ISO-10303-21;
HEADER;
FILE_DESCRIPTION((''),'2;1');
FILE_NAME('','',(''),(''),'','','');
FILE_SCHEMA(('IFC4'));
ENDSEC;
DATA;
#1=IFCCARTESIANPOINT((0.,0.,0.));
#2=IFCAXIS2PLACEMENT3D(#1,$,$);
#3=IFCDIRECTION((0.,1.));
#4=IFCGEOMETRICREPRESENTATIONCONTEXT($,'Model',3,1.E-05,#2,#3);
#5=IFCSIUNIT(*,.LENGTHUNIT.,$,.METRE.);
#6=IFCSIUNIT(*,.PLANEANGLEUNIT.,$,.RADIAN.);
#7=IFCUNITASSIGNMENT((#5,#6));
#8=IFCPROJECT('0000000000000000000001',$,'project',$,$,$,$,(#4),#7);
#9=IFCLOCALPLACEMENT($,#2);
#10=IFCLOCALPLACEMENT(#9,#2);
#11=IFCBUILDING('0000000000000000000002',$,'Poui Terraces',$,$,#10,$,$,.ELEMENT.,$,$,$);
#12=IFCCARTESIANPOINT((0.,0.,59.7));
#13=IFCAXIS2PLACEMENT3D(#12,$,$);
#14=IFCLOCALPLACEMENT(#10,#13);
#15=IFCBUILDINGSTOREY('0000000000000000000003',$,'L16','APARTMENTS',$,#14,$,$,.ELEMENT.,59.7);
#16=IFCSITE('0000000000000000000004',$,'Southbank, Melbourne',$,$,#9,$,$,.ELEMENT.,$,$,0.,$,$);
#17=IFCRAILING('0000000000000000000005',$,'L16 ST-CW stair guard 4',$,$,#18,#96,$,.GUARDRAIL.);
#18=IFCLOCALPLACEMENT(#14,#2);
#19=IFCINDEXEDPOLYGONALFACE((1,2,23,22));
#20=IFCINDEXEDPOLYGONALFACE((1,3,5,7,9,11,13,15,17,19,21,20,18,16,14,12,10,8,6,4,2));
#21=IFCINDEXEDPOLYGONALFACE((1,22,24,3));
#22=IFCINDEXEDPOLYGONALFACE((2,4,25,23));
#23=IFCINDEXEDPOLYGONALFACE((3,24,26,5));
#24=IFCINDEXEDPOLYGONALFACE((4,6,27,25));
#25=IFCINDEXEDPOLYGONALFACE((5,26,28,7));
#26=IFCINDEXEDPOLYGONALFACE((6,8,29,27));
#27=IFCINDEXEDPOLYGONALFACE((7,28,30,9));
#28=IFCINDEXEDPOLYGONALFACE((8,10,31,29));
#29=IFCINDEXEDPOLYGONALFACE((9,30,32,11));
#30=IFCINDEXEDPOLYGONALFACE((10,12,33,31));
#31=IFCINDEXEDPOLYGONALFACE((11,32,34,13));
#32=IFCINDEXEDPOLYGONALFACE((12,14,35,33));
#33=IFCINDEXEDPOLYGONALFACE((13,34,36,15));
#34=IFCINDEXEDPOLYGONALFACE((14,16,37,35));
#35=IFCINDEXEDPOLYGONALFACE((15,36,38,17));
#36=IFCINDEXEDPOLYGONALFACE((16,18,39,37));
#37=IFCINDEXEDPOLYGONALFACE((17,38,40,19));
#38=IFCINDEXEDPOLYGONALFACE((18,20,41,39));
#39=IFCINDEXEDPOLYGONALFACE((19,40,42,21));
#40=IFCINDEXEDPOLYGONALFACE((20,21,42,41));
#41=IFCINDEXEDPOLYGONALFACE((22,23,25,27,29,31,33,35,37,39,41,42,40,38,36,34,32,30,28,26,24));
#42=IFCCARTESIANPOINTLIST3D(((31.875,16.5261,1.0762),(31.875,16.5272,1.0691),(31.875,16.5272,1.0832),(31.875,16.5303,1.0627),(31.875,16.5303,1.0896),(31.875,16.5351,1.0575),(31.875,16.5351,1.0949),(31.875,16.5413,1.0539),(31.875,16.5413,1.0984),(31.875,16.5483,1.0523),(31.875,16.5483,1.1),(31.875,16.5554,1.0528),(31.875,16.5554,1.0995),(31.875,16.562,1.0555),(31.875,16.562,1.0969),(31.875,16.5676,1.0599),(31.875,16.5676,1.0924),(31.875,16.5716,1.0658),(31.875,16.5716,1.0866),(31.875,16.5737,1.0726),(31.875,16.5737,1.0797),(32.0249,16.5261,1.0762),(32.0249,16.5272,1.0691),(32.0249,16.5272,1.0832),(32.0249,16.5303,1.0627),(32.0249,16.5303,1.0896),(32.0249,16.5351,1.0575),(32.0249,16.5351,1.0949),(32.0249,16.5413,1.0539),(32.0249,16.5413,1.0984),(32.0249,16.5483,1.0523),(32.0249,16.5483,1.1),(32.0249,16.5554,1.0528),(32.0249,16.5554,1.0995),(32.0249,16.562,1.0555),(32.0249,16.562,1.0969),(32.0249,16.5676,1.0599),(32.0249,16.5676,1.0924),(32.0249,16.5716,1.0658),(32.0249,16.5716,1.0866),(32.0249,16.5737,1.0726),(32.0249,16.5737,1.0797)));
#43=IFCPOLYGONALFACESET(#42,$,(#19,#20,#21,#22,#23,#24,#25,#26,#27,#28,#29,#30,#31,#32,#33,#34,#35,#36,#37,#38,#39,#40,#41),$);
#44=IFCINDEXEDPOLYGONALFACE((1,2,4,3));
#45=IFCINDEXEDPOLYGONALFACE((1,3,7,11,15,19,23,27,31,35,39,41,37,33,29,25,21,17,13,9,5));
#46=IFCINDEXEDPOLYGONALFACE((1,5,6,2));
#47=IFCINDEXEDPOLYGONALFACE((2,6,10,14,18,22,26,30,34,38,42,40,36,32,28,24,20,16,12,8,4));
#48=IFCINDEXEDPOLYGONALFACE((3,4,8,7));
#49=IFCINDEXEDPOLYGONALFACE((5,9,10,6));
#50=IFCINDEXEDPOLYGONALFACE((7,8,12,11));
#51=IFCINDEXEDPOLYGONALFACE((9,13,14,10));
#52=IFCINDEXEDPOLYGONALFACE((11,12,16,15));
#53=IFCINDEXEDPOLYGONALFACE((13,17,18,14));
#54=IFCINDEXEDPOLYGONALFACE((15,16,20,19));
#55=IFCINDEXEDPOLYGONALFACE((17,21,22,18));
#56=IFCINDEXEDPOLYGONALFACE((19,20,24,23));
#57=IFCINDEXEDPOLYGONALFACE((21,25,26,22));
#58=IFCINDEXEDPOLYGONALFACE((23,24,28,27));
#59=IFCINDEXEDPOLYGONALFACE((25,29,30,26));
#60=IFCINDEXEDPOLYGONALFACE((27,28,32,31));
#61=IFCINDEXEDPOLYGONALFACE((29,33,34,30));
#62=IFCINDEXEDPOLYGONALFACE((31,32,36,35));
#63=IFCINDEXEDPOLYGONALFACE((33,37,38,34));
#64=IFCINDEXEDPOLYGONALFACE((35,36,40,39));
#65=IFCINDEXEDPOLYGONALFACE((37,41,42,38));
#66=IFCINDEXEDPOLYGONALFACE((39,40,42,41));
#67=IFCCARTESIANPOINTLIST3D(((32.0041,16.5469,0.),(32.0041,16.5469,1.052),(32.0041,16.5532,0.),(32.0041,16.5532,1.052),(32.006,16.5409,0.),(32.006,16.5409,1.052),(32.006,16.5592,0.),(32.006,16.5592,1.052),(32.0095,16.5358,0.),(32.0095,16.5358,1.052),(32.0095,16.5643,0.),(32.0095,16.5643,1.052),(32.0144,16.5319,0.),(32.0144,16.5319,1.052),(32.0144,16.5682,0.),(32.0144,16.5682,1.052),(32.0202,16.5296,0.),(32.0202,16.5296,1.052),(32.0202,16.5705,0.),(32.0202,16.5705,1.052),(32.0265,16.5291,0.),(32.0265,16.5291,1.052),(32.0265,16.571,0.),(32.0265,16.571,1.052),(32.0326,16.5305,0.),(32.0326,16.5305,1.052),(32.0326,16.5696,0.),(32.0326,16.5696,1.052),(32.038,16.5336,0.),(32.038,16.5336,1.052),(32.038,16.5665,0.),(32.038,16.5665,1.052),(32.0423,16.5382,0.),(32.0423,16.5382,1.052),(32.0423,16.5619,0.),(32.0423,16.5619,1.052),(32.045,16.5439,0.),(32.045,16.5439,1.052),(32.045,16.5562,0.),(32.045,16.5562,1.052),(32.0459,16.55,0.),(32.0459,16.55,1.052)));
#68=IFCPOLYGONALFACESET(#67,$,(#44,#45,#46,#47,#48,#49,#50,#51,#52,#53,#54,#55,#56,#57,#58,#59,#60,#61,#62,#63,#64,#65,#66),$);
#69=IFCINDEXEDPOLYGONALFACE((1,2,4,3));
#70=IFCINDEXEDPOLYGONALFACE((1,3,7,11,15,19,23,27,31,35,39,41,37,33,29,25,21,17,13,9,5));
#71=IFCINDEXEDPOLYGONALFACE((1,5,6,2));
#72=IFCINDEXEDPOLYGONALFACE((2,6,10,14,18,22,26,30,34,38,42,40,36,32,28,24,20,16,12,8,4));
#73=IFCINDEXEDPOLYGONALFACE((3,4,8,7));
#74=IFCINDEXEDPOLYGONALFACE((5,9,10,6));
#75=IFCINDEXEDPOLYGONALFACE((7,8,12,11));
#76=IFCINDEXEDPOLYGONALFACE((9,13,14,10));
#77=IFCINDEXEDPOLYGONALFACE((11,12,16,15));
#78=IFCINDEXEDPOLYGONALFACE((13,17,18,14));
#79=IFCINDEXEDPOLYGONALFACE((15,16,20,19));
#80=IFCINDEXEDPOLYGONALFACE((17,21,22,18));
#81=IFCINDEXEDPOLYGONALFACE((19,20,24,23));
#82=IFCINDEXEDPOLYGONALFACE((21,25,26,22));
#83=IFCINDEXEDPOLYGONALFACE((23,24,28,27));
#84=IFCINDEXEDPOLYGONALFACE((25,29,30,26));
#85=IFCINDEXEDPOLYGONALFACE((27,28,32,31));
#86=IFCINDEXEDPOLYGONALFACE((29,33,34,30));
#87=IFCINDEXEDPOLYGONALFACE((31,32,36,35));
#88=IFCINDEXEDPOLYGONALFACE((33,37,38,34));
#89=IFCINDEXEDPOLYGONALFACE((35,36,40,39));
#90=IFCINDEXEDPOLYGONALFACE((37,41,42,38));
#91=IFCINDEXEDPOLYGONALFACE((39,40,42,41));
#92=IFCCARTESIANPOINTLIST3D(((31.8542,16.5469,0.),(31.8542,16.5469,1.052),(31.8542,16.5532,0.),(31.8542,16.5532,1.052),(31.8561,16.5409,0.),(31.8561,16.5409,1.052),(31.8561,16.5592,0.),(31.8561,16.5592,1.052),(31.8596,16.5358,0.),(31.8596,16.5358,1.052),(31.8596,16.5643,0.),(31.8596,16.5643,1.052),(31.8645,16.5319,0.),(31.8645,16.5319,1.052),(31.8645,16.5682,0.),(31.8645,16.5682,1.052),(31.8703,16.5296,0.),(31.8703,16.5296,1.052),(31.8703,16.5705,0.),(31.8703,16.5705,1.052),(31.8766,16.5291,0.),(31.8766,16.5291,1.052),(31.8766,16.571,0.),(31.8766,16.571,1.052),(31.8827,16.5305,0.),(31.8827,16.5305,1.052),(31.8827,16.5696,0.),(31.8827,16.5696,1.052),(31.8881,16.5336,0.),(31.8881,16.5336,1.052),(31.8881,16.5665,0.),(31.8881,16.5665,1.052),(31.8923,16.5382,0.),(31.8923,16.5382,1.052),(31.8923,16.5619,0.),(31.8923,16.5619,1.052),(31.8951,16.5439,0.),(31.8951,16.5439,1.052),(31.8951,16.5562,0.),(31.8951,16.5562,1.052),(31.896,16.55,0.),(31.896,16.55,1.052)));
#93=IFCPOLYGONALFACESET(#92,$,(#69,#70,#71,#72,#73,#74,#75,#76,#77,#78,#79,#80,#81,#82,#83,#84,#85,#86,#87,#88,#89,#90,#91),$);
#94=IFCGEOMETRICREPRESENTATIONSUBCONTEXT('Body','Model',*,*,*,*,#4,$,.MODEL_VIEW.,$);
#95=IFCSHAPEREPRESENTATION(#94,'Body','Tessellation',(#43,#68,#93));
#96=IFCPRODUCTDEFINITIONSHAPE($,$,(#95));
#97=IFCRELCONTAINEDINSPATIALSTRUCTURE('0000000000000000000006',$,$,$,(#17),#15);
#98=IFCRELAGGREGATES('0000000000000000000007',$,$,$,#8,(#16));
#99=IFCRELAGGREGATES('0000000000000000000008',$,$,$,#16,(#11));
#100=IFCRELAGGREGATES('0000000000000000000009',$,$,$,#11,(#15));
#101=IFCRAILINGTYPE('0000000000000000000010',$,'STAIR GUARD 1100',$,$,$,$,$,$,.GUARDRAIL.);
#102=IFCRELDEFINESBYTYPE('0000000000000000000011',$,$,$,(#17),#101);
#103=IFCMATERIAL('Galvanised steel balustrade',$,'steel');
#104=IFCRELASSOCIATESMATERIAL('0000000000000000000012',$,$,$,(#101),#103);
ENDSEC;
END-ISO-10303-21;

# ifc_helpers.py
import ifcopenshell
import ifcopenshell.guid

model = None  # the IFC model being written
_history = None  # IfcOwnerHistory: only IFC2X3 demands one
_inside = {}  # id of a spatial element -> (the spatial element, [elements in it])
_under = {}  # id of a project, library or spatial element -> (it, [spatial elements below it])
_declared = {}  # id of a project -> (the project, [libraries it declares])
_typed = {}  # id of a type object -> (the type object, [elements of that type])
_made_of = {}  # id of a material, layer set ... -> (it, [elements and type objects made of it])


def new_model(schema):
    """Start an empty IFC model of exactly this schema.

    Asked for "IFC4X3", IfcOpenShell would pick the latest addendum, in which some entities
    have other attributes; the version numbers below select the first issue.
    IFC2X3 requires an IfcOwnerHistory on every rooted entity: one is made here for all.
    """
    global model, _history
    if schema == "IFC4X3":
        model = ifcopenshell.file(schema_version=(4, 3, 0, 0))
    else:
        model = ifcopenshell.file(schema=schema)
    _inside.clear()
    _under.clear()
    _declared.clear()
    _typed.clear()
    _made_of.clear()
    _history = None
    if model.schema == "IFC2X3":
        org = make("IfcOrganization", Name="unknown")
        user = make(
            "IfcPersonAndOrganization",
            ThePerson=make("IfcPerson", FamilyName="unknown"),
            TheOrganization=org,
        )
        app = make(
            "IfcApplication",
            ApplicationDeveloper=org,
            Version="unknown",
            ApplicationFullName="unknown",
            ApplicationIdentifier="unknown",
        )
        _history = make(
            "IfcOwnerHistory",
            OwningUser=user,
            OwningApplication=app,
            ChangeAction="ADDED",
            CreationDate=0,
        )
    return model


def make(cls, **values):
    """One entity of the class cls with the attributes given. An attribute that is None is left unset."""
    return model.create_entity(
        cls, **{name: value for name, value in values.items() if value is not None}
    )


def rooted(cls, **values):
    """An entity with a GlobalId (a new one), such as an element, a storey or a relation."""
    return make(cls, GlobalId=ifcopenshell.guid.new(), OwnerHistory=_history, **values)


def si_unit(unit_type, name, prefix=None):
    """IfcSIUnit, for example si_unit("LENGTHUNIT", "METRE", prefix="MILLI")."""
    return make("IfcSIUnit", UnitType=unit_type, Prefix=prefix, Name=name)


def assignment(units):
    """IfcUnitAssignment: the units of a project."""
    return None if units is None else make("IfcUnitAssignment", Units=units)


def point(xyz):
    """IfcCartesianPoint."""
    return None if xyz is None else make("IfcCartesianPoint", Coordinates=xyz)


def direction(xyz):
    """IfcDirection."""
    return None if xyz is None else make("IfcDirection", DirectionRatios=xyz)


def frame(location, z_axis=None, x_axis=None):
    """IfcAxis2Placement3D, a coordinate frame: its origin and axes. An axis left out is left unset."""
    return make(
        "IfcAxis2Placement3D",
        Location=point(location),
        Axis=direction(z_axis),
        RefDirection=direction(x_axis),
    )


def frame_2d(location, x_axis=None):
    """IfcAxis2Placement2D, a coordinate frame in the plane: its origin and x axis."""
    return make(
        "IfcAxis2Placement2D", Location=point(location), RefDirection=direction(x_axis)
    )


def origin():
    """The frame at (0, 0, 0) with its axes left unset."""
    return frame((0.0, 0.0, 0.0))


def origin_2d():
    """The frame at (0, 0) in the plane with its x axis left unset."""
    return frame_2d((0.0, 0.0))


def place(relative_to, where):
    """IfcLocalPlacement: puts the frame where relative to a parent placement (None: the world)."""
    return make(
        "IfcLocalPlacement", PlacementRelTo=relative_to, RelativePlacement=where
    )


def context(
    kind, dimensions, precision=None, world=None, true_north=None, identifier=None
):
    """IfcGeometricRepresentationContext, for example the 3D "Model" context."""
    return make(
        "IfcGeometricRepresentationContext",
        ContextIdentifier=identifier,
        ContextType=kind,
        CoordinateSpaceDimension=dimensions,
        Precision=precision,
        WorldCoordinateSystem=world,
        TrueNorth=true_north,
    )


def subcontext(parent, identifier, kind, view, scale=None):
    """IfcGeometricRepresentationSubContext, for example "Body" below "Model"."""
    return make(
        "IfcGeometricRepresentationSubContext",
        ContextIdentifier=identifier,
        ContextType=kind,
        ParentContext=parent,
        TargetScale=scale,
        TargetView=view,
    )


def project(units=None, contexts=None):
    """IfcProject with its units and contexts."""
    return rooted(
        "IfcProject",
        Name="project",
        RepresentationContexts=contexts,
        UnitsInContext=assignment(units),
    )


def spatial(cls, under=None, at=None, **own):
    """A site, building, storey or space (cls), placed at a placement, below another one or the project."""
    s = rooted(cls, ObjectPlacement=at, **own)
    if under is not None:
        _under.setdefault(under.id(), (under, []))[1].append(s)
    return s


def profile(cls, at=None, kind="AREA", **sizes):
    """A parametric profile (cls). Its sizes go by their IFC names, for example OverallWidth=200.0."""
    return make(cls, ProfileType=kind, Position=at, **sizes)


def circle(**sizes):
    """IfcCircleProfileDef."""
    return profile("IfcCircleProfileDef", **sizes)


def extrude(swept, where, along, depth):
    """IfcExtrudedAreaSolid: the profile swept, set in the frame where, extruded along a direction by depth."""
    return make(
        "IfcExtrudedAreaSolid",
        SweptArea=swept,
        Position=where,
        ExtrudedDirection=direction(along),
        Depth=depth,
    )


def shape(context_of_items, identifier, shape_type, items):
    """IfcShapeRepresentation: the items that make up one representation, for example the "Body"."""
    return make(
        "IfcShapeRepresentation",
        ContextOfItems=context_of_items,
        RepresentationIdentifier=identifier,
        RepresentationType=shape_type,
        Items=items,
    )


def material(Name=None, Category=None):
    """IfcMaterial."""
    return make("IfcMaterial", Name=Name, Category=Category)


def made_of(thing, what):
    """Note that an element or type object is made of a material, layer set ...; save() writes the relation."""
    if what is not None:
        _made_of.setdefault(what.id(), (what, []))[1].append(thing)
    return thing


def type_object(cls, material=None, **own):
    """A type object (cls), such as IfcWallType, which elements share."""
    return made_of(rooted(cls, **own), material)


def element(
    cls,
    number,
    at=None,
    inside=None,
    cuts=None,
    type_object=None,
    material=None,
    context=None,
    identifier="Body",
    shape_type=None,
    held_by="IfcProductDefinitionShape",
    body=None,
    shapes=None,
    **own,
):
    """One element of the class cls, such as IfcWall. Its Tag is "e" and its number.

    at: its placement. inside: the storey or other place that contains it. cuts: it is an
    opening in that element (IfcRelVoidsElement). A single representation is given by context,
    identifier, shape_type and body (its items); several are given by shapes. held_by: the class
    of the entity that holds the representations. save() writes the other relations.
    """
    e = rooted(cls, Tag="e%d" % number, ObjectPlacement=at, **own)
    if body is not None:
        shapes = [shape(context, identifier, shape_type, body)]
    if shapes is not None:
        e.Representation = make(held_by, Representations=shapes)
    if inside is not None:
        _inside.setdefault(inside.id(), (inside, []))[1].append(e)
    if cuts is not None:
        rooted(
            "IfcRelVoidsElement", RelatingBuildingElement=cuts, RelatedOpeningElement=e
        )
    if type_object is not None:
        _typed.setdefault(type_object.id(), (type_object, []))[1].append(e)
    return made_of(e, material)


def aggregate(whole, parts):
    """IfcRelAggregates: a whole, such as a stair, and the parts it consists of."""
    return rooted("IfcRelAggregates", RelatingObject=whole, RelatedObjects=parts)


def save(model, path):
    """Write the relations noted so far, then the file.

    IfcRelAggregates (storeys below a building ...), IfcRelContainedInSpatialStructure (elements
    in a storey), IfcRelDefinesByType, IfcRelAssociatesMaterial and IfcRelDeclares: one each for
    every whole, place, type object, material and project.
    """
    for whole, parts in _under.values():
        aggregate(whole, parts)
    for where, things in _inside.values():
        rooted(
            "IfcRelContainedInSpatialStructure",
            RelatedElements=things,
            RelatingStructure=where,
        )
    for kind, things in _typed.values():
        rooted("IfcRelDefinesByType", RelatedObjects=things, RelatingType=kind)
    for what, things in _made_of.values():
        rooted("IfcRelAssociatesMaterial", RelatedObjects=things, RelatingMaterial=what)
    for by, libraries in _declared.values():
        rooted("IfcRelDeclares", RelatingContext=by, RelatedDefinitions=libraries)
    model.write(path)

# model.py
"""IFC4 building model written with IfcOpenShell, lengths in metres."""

from ifc_helpers import new_model, si_unit, direction, frame, origin, origin_2d, place, context, subcontext, project, spatial, circle, extrude, material, type_object, element, save


model = new_model("IFC4")

# Units and contexts
model_context = context("Model", 3, precision=1e-05, world=origin(), true_north=direction((0.0, 1.0)))
body_context = subcontext(model_context, "Body", "Model", "MODEL_VIEW")
ifc_project = project(units=[si_unit("LENGTHUNIT", "METRE"), si_unit("PLANEANGLEUNIT", "RADIAN")], contexts=[model_context])

# Site, building, storey
site_placement = place(None, origin())
site = spatial("IfcSite", under=ifc_project, at=site_placement, Name="Southbank, Melbourne", CompositionType="ELEMENT", RefElevation=0.0)
building_placement = place(site_placement, origin())
building = spatial("IfcBuilding", under=site, at=building_placement, Name="Poui Terraces", CompositionType="ELEMENT")
storey_placement = place(building_placement, frame((0.0, 0.0, 59.7)))
storey = spatial("IfcBuildingStorey", under=building, at=storey_placement, Name="L16", Description="APARTMENTS", CompositionType="ELEMENT", Elevation=59.7)

# Railing
ifc_material_1 = material(Name="Galvanised steel balustrade", Category="steel")
railing_type_1 = type_object("IfcRailingType", Name="STAIR GUARD 1100", PredefinedType="GUARDRAIL", material=ifc_material_1)
railing_1_placement = place(storey_placement, frame((32.0249, 16.55, 0.0)))
element("IfcRailing", 1, at=railing_1_placement, inside=storey, type_object=railing_type_1, Name="L16 ST-CW stair guard 4", PredefinedType="GUARDRAIL", context=body_context, shape_type="SweptSolid", body=[
    extrude(circle(Radius=0.0239, at=origin_2d()), frame((0.0, 0.0, 1.0762), z_axis=(-1.0, 0.0, 0.0), x_axis=(0.0, -1.0, 0.0)), (0.0, 0.0, 1.0), 0.1499),
    extrude(circle(Radius=0.021, at=origin_2d()), origin(), (0.0, 0.0, 1.0), 1.052),
    extrude(circle(Radius=0.021, at=origin_2d()), frame((-0.1499, 0.0, 0.0)), (0.0, 0.0, 1.0), 1.052),
])

save(model, "model.ifc")
